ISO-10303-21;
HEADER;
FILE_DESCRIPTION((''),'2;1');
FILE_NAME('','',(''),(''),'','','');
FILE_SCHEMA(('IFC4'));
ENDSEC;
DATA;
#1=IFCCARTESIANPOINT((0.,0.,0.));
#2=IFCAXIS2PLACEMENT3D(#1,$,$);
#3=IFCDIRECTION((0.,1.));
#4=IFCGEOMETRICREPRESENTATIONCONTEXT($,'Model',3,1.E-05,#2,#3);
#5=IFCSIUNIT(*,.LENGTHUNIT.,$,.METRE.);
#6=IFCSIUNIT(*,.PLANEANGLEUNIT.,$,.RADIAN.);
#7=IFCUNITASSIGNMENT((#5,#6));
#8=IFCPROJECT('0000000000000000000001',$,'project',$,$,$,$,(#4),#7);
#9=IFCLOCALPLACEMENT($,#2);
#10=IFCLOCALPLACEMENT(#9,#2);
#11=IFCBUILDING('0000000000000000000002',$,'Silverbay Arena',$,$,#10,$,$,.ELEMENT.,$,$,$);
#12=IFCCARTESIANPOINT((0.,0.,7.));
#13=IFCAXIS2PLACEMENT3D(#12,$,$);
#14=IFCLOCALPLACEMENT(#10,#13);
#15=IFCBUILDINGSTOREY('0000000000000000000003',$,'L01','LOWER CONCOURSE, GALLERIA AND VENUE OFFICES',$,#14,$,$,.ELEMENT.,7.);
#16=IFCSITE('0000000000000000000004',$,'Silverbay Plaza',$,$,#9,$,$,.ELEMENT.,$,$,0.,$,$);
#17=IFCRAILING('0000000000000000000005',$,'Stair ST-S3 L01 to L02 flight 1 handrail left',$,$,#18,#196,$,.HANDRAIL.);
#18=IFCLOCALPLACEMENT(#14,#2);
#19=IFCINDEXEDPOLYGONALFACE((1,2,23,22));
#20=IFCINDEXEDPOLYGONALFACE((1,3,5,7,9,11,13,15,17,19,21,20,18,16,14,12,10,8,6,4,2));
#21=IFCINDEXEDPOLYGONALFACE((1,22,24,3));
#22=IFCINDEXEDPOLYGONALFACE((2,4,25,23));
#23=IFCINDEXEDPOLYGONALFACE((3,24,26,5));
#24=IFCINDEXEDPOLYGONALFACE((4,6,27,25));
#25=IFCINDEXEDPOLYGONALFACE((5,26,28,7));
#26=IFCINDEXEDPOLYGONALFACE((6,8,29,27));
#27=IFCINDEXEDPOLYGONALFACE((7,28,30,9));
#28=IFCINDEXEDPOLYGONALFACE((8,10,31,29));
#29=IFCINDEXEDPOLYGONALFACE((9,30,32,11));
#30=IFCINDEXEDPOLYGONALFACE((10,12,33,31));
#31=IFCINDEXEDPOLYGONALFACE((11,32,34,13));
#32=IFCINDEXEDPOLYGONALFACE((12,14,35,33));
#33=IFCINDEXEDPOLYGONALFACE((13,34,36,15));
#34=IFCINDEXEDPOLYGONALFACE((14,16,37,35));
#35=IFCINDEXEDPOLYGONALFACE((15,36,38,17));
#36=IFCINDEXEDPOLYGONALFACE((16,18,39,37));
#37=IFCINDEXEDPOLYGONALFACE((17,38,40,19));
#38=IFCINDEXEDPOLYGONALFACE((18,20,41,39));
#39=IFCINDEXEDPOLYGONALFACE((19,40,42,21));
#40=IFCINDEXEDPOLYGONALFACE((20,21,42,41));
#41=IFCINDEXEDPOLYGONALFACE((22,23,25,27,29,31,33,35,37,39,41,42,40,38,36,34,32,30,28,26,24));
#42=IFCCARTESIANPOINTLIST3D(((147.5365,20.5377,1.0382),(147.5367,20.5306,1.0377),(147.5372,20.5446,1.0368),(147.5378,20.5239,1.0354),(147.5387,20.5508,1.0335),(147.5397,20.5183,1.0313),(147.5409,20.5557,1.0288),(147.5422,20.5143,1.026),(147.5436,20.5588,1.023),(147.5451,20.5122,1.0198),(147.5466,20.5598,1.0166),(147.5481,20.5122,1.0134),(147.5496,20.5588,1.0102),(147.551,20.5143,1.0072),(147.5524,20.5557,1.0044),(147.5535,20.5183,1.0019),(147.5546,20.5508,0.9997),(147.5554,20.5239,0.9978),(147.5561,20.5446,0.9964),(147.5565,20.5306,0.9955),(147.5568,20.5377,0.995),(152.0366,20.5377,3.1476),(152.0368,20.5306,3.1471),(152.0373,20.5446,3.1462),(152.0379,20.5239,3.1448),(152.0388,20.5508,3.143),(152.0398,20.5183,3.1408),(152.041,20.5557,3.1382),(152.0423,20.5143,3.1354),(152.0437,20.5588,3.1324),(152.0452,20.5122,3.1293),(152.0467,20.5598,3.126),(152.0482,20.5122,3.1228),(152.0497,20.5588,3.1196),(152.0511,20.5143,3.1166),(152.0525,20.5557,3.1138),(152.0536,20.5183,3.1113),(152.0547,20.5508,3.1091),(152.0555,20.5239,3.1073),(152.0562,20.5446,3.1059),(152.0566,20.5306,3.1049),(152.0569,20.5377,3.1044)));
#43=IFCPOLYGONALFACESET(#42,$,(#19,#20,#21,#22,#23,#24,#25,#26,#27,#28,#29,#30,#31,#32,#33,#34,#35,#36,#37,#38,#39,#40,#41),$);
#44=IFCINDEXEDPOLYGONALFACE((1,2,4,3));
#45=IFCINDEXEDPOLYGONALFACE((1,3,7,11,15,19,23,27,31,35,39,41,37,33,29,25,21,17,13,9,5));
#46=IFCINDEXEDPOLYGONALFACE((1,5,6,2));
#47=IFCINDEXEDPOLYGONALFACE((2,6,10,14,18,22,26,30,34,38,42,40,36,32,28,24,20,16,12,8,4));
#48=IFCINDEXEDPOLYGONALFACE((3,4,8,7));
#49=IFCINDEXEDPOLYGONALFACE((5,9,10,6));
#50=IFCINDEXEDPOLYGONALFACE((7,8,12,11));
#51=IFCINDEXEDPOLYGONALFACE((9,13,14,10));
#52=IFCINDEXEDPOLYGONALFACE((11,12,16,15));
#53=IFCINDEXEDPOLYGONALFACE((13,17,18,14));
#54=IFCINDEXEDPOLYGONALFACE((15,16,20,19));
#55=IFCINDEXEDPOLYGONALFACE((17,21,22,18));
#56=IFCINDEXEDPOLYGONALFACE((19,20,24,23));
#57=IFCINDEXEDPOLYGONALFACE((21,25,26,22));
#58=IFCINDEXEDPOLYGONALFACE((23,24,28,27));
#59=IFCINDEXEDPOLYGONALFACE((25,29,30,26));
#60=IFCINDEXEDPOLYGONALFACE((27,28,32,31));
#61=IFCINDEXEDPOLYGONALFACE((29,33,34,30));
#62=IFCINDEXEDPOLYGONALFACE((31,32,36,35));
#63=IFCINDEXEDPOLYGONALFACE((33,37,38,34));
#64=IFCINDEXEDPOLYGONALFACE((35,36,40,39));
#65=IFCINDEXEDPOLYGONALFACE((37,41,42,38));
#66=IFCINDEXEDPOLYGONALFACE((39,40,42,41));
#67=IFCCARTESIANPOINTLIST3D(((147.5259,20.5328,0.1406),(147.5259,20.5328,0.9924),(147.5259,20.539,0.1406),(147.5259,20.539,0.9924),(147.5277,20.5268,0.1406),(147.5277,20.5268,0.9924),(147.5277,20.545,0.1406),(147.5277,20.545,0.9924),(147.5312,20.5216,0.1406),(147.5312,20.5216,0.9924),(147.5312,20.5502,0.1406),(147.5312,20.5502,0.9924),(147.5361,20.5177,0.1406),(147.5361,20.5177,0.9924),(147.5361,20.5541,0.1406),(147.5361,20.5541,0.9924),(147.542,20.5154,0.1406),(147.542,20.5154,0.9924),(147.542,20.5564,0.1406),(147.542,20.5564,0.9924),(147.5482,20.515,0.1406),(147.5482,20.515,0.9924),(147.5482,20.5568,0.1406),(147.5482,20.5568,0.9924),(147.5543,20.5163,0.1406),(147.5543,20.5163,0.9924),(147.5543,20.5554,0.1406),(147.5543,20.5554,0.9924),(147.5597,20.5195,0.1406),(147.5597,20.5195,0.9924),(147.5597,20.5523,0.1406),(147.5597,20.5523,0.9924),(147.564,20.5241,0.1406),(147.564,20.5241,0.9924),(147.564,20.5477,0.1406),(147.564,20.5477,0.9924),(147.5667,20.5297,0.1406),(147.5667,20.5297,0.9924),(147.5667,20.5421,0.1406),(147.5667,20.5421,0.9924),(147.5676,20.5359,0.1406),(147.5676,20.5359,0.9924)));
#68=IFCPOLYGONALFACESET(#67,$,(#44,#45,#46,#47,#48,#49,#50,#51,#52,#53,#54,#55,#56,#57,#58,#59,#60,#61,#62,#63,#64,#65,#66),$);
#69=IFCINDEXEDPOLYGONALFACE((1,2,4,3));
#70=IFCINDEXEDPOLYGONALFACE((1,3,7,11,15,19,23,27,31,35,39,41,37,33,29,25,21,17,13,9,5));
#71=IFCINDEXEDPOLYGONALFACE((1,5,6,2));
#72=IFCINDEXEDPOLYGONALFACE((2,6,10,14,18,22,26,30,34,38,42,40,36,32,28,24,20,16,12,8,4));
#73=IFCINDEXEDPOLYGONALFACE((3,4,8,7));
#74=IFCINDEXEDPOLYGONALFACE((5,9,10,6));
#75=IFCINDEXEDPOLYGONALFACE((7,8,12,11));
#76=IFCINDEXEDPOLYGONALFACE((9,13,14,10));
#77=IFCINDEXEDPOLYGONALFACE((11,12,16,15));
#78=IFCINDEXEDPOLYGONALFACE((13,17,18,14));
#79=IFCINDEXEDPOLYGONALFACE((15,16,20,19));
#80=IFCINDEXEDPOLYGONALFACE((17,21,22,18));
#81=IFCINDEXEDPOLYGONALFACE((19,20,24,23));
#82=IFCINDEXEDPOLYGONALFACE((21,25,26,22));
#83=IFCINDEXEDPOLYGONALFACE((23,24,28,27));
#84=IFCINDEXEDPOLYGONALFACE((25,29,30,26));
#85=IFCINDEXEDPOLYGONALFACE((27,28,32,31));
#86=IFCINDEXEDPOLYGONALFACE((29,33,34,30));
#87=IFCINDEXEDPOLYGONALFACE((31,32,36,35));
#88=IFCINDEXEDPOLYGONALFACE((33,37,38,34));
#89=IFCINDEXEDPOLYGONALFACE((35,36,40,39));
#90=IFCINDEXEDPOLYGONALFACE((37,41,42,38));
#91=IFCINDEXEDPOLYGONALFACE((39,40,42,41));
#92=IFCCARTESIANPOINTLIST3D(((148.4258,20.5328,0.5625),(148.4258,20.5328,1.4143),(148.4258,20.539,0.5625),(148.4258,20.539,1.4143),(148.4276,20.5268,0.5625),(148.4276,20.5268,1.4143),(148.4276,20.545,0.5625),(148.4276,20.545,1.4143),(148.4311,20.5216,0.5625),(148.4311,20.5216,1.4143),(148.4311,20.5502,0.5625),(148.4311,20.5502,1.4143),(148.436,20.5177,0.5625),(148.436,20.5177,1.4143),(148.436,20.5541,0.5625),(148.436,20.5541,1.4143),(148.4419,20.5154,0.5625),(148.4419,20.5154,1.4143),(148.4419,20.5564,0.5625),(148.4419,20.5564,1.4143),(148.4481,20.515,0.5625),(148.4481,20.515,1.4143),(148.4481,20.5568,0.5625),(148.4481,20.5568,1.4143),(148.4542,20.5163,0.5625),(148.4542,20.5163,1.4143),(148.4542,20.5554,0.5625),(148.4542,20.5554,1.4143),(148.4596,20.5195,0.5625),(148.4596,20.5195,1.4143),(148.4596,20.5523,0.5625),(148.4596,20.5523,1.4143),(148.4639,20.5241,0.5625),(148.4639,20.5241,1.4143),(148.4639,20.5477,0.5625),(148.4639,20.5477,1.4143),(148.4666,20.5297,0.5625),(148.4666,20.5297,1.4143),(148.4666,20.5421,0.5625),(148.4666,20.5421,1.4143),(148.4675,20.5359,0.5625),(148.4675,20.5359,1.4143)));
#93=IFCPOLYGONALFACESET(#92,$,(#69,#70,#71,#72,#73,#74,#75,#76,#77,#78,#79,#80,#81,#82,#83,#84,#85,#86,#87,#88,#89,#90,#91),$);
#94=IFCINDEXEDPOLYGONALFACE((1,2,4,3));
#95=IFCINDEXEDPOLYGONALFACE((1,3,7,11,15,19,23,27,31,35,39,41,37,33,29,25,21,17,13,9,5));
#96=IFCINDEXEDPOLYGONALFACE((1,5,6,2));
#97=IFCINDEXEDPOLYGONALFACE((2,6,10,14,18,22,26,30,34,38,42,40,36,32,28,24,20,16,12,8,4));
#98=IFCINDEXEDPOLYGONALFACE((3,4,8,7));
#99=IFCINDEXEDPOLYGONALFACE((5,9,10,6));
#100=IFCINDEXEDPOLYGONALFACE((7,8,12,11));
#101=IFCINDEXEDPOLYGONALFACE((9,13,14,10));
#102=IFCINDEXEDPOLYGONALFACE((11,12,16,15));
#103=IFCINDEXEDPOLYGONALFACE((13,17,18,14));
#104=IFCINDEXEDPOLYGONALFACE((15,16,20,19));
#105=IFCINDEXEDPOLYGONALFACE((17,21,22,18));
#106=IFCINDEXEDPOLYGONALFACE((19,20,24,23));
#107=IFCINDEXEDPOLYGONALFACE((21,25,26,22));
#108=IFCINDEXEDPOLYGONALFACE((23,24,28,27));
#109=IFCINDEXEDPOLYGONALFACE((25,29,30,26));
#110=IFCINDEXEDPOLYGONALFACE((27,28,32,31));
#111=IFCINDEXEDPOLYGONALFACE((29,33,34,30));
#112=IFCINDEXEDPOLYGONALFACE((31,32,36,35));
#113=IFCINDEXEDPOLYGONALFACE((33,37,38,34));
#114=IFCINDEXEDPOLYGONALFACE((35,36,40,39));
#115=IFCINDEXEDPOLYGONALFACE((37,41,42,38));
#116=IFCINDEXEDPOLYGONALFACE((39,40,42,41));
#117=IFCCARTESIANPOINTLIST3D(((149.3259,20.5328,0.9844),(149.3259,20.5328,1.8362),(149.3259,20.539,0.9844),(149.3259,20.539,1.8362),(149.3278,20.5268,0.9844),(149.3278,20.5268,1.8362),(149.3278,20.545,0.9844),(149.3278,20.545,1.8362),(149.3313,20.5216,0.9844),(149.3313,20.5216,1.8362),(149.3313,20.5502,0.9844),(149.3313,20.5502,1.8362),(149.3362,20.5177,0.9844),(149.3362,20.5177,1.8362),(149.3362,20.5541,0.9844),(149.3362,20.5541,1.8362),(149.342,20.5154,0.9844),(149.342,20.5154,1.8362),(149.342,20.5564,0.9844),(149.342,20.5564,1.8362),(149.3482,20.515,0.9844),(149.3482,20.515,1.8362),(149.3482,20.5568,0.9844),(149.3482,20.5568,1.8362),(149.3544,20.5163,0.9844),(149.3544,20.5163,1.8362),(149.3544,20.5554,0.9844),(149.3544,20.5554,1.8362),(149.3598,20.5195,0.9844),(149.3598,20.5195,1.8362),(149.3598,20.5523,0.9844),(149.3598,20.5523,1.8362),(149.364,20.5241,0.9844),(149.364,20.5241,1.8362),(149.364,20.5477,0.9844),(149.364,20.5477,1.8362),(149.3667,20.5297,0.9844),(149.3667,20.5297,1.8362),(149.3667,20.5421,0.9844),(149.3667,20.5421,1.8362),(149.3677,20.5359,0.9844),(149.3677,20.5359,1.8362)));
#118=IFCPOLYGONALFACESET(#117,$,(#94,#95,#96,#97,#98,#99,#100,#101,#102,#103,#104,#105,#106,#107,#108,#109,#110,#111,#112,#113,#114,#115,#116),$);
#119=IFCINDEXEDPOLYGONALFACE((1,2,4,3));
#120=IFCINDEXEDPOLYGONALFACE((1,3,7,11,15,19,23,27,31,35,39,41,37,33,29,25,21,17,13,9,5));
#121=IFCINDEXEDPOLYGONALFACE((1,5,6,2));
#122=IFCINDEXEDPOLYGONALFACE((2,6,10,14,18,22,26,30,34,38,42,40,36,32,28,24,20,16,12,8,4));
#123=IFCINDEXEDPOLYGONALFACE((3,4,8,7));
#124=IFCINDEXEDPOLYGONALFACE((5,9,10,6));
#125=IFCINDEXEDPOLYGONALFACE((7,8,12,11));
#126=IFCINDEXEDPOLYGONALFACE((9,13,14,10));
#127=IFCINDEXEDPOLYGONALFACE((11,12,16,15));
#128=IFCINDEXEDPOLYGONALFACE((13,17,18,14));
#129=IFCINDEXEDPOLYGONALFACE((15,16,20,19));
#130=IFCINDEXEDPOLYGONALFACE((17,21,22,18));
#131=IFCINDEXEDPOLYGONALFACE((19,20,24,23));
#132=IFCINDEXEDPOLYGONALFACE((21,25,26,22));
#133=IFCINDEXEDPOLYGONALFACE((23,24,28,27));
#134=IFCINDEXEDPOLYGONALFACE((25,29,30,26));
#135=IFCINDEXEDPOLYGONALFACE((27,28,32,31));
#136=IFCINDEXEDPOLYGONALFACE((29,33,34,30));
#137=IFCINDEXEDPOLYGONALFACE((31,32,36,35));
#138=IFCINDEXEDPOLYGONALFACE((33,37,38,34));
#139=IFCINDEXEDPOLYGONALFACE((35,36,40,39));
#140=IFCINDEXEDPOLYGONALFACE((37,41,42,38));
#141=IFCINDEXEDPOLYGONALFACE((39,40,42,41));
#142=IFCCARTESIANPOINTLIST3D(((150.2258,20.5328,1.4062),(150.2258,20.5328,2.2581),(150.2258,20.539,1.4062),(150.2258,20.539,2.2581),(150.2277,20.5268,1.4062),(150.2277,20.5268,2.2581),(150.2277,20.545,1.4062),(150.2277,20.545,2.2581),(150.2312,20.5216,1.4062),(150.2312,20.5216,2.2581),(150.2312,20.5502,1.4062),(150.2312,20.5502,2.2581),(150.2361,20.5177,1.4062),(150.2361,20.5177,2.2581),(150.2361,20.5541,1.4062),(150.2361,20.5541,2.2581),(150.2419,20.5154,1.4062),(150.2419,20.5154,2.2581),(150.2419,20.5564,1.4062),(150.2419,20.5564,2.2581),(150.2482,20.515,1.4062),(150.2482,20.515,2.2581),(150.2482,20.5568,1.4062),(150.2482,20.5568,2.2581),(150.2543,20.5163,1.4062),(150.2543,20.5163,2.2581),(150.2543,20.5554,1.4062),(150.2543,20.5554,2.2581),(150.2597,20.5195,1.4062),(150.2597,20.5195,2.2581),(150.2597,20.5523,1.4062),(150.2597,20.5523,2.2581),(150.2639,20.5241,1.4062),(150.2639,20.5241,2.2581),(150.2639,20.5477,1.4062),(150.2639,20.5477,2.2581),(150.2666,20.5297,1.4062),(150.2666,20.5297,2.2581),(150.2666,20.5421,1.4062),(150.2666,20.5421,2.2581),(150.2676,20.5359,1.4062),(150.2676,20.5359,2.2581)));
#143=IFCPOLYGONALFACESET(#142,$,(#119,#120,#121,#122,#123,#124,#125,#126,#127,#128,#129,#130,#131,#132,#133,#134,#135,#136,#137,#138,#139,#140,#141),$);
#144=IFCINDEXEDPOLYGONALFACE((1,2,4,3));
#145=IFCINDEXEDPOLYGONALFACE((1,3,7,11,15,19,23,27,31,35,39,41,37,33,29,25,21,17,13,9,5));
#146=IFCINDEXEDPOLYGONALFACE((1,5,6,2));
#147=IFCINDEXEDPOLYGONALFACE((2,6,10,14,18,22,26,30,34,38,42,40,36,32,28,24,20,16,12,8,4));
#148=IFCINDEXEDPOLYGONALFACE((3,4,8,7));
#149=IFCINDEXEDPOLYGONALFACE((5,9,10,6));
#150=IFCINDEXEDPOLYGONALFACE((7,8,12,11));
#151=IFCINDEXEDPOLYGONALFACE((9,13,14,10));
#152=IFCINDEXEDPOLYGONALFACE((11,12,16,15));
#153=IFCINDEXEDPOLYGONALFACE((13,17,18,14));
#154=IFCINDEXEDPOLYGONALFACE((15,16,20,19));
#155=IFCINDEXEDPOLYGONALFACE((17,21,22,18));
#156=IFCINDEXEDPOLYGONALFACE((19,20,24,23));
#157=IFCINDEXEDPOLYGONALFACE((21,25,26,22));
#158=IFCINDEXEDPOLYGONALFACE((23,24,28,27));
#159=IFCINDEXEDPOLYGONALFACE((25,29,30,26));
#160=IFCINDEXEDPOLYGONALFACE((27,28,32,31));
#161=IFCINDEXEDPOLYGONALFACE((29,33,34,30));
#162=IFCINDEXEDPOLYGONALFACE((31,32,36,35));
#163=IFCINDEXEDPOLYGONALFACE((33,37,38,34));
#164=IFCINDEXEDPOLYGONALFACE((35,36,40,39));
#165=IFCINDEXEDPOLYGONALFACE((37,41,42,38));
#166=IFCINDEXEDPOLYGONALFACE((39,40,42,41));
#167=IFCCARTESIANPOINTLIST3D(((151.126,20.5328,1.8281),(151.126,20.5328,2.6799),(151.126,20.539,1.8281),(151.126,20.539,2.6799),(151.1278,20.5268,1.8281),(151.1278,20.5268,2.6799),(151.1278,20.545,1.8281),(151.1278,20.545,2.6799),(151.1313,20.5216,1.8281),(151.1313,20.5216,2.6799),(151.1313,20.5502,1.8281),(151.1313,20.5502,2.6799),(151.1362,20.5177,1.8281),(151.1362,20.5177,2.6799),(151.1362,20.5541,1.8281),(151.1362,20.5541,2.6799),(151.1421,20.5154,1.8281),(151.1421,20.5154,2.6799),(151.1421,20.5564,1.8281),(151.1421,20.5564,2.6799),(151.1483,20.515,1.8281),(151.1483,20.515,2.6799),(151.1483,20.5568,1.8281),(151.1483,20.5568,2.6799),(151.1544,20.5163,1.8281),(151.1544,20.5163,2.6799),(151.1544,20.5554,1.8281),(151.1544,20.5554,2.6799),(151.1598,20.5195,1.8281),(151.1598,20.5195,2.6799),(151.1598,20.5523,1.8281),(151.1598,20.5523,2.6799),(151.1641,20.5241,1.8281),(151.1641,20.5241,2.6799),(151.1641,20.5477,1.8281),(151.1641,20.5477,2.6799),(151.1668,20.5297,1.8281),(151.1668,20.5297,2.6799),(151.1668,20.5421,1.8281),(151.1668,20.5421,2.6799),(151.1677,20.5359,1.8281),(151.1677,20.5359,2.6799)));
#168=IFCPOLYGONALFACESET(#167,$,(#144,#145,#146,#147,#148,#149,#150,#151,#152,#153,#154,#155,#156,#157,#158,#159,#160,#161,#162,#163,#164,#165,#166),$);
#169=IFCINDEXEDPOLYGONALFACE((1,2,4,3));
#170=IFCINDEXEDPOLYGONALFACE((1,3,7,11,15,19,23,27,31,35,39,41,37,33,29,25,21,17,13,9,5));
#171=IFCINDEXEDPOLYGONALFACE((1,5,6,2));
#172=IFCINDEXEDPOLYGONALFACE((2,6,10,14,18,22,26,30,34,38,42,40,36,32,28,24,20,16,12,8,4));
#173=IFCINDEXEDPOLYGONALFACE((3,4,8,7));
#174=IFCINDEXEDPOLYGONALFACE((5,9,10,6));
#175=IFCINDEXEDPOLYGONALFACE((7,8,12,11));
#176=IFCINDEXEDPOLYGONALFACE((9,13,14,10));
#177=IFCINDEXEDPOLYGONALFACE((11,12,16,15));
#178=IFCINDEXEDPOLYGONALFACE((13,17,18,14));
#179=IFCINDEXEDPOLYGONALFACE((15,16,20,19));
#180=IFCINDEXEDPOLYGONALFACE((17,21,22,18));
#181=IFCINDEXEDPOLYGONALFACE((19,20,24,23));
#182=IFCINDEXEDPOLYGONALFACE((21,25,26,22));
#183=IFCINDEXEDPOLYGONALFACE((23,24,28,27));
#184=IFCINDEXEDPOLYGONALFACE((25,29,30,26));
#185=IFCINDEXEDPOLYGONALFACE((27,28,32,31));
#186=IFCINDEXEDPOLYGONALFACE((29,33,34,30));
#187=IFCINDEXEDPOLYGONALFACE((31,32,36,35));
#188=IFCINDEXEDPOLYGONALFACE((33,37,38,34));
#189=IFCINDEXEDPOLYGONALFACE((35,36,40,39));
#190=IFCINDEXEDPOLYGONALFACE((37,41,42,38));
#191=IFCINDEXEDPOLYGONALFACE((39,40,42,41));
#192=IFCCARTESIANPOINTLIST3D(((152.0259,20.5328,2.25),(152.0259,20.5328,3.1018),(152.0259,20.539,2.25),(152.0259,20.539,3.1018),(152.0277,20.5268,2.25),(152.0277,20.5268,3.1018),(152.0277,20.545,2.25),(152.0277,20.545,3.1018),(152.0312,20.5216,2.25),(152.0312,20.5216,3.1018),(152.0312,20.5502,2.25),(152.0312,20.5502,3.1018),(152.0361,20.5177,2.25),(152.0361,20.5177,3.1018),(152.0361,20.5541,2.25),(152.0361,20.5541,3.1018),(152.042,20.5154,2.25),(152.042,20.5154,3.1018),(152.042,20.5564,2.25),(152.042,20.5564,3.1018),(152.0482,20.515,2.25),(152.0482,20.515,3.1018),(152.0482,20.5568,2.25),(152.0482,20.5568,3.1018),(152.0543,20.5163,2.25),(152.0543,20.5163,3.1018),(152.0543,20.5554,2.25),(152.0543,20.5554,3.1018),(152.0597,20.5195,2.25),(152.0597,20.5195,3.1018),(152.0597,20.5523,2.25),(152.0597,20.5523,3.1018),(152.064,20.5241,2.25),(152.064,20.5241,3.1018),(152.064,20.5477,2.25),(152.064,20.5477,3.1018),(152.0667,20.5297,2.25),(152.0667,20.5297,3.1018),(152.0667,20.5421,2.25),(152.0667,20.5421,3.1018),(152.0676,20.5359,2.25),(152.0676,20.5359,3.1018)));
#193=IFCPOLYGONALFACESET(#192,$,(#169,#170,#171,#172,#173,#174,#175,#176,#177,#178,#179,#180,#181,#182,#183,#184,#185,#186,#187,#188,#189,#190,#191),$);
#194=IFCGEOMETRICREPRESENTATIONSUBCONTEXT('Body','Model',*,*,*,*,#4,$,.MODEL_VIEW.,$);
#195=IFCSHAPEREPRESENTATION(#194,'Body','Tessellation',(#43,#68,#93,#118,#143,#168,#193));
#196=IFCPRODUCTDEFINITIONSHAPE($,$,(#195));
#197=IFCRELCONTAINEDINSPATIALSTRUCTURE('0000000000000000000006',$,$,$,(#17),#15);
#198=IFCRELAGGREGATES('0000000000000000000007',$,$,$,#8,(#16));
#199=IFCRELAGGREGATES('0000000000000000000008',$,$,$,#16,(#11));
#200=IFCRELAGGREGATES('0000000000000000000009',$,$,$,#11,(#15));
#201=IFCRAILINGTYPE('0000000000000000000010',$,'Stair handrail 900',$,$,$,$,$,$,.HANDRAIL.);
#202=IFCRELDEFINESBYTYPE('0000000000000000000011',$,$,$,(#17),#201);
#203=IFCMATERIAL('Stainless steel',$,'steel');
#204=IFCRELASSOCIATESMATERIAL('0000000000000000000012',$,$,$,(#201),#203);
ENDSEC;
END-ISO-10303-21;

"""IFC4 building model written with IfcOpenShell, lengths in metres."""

from ifc_helpers import new_model, si_unit, direction, frame, origin, origin_2d, place, context, subcontext, project, spatial, circle, extrude, material, type_object, element, save


model = new_model("IFC4")

# Units and contexts
model_context = context("Model", 3, precision=1e-05, world=origin(), true_north=direction((0.0, 1.0)))
body_context = subcontext(model_context, "Body", "Model", "MODEL_VIEW")
ifc_project = project(units=[si_unit("LENGTHUNIT", "METRE"), si_unit("PLANEANGLEUNIT", "RADIAN")], contexts=[model_context])

# Site, building, storey
site_placement = place(None, origin())
site = spatial("IfcSite", under=ifc_project, at=site_placement, Name="Silverbay Plaza", CompositionType="ELEMENT", RefElevation=0.0)
building_placement = place(site_placement, origin())
building = spatial("IfcBuilding", under=site, at=building_placement, Name="Silverbay Arena", CompositionType="ELEMENT")
storey_placement = place(building_placement, frame((0.0, 0.0, 7.0)))
storey = spatial("IfcBuildingStorey", under=building, at=storey_placement, Name="L01", Description="LOWER CONCOURSE, GALLERIA AND VENUE OFFICES", CompositionType="ELEMENT", Elevation=7.0)

# Railing
ifc_material_1 = material(Name="Stainless steel", Category="steel")
railing_type_1 = type_object("IfcRailingType", Name="Stair handrail 900", PredefinedType="HANDRAIL", material=ifc_material_1)
railing_1_placement = place(storey_placement, frame((147.5466, 20.5359, 0.1406)))
element("IfcRailing", 1, at=railing_1_placement, inside=storey, type_object=railing_type_1, Name="Stair ST-S3 L01 to L02 flight 1 handrail left", PredefinedType="HANDRAIL", context=body_context, shape_type="SweptSolid", body=[
    extrude(circle(Radius=0.0239, at=origin_2d()), frame((0.0, 0.0, 0.876), z_axis=(0.905459, 0.0, 0.424434), x_axis=(0.0, 1.0, 0.0)), (0.0, 0.0, 1.0), 4.97),
    extrude(circle(Radius=0.021, at=origin_2d()), origin(), (0.0, 0.0, 1.0), 0.8518),
    extrude(circle(Radius=0.021, at=origin_2d()), frame((0.8999, 0.0, 0.4219)), (0.0, 0.0, 1.0), 0.8518),
    extrude(circle(Radius=0.021, at=origin_2d()), frame((1.8, 0.0, 0.8438)), (0.0, 0.0, 1.0), 0.8518),
    extrude(circle(Radius=0.021, at=origin_2d()), frame((2.7, 0.0, 1.2656)), (0.0, 0.0, 1.0), 0.8518),
    extrude(circle(Radius=0.021, at=origin_2d()), frame((3.6001, 0.0, 1.6875)), (0.0, 0.0, 1.0), 0.8518),
    extrude(circle(Radius=0.021, at=origin_2d()), frame((4.5, 0.0, 2.1094)), (0.0, 0.0, 1.0), 0.8518),
])

save(model, "model.ifc")
